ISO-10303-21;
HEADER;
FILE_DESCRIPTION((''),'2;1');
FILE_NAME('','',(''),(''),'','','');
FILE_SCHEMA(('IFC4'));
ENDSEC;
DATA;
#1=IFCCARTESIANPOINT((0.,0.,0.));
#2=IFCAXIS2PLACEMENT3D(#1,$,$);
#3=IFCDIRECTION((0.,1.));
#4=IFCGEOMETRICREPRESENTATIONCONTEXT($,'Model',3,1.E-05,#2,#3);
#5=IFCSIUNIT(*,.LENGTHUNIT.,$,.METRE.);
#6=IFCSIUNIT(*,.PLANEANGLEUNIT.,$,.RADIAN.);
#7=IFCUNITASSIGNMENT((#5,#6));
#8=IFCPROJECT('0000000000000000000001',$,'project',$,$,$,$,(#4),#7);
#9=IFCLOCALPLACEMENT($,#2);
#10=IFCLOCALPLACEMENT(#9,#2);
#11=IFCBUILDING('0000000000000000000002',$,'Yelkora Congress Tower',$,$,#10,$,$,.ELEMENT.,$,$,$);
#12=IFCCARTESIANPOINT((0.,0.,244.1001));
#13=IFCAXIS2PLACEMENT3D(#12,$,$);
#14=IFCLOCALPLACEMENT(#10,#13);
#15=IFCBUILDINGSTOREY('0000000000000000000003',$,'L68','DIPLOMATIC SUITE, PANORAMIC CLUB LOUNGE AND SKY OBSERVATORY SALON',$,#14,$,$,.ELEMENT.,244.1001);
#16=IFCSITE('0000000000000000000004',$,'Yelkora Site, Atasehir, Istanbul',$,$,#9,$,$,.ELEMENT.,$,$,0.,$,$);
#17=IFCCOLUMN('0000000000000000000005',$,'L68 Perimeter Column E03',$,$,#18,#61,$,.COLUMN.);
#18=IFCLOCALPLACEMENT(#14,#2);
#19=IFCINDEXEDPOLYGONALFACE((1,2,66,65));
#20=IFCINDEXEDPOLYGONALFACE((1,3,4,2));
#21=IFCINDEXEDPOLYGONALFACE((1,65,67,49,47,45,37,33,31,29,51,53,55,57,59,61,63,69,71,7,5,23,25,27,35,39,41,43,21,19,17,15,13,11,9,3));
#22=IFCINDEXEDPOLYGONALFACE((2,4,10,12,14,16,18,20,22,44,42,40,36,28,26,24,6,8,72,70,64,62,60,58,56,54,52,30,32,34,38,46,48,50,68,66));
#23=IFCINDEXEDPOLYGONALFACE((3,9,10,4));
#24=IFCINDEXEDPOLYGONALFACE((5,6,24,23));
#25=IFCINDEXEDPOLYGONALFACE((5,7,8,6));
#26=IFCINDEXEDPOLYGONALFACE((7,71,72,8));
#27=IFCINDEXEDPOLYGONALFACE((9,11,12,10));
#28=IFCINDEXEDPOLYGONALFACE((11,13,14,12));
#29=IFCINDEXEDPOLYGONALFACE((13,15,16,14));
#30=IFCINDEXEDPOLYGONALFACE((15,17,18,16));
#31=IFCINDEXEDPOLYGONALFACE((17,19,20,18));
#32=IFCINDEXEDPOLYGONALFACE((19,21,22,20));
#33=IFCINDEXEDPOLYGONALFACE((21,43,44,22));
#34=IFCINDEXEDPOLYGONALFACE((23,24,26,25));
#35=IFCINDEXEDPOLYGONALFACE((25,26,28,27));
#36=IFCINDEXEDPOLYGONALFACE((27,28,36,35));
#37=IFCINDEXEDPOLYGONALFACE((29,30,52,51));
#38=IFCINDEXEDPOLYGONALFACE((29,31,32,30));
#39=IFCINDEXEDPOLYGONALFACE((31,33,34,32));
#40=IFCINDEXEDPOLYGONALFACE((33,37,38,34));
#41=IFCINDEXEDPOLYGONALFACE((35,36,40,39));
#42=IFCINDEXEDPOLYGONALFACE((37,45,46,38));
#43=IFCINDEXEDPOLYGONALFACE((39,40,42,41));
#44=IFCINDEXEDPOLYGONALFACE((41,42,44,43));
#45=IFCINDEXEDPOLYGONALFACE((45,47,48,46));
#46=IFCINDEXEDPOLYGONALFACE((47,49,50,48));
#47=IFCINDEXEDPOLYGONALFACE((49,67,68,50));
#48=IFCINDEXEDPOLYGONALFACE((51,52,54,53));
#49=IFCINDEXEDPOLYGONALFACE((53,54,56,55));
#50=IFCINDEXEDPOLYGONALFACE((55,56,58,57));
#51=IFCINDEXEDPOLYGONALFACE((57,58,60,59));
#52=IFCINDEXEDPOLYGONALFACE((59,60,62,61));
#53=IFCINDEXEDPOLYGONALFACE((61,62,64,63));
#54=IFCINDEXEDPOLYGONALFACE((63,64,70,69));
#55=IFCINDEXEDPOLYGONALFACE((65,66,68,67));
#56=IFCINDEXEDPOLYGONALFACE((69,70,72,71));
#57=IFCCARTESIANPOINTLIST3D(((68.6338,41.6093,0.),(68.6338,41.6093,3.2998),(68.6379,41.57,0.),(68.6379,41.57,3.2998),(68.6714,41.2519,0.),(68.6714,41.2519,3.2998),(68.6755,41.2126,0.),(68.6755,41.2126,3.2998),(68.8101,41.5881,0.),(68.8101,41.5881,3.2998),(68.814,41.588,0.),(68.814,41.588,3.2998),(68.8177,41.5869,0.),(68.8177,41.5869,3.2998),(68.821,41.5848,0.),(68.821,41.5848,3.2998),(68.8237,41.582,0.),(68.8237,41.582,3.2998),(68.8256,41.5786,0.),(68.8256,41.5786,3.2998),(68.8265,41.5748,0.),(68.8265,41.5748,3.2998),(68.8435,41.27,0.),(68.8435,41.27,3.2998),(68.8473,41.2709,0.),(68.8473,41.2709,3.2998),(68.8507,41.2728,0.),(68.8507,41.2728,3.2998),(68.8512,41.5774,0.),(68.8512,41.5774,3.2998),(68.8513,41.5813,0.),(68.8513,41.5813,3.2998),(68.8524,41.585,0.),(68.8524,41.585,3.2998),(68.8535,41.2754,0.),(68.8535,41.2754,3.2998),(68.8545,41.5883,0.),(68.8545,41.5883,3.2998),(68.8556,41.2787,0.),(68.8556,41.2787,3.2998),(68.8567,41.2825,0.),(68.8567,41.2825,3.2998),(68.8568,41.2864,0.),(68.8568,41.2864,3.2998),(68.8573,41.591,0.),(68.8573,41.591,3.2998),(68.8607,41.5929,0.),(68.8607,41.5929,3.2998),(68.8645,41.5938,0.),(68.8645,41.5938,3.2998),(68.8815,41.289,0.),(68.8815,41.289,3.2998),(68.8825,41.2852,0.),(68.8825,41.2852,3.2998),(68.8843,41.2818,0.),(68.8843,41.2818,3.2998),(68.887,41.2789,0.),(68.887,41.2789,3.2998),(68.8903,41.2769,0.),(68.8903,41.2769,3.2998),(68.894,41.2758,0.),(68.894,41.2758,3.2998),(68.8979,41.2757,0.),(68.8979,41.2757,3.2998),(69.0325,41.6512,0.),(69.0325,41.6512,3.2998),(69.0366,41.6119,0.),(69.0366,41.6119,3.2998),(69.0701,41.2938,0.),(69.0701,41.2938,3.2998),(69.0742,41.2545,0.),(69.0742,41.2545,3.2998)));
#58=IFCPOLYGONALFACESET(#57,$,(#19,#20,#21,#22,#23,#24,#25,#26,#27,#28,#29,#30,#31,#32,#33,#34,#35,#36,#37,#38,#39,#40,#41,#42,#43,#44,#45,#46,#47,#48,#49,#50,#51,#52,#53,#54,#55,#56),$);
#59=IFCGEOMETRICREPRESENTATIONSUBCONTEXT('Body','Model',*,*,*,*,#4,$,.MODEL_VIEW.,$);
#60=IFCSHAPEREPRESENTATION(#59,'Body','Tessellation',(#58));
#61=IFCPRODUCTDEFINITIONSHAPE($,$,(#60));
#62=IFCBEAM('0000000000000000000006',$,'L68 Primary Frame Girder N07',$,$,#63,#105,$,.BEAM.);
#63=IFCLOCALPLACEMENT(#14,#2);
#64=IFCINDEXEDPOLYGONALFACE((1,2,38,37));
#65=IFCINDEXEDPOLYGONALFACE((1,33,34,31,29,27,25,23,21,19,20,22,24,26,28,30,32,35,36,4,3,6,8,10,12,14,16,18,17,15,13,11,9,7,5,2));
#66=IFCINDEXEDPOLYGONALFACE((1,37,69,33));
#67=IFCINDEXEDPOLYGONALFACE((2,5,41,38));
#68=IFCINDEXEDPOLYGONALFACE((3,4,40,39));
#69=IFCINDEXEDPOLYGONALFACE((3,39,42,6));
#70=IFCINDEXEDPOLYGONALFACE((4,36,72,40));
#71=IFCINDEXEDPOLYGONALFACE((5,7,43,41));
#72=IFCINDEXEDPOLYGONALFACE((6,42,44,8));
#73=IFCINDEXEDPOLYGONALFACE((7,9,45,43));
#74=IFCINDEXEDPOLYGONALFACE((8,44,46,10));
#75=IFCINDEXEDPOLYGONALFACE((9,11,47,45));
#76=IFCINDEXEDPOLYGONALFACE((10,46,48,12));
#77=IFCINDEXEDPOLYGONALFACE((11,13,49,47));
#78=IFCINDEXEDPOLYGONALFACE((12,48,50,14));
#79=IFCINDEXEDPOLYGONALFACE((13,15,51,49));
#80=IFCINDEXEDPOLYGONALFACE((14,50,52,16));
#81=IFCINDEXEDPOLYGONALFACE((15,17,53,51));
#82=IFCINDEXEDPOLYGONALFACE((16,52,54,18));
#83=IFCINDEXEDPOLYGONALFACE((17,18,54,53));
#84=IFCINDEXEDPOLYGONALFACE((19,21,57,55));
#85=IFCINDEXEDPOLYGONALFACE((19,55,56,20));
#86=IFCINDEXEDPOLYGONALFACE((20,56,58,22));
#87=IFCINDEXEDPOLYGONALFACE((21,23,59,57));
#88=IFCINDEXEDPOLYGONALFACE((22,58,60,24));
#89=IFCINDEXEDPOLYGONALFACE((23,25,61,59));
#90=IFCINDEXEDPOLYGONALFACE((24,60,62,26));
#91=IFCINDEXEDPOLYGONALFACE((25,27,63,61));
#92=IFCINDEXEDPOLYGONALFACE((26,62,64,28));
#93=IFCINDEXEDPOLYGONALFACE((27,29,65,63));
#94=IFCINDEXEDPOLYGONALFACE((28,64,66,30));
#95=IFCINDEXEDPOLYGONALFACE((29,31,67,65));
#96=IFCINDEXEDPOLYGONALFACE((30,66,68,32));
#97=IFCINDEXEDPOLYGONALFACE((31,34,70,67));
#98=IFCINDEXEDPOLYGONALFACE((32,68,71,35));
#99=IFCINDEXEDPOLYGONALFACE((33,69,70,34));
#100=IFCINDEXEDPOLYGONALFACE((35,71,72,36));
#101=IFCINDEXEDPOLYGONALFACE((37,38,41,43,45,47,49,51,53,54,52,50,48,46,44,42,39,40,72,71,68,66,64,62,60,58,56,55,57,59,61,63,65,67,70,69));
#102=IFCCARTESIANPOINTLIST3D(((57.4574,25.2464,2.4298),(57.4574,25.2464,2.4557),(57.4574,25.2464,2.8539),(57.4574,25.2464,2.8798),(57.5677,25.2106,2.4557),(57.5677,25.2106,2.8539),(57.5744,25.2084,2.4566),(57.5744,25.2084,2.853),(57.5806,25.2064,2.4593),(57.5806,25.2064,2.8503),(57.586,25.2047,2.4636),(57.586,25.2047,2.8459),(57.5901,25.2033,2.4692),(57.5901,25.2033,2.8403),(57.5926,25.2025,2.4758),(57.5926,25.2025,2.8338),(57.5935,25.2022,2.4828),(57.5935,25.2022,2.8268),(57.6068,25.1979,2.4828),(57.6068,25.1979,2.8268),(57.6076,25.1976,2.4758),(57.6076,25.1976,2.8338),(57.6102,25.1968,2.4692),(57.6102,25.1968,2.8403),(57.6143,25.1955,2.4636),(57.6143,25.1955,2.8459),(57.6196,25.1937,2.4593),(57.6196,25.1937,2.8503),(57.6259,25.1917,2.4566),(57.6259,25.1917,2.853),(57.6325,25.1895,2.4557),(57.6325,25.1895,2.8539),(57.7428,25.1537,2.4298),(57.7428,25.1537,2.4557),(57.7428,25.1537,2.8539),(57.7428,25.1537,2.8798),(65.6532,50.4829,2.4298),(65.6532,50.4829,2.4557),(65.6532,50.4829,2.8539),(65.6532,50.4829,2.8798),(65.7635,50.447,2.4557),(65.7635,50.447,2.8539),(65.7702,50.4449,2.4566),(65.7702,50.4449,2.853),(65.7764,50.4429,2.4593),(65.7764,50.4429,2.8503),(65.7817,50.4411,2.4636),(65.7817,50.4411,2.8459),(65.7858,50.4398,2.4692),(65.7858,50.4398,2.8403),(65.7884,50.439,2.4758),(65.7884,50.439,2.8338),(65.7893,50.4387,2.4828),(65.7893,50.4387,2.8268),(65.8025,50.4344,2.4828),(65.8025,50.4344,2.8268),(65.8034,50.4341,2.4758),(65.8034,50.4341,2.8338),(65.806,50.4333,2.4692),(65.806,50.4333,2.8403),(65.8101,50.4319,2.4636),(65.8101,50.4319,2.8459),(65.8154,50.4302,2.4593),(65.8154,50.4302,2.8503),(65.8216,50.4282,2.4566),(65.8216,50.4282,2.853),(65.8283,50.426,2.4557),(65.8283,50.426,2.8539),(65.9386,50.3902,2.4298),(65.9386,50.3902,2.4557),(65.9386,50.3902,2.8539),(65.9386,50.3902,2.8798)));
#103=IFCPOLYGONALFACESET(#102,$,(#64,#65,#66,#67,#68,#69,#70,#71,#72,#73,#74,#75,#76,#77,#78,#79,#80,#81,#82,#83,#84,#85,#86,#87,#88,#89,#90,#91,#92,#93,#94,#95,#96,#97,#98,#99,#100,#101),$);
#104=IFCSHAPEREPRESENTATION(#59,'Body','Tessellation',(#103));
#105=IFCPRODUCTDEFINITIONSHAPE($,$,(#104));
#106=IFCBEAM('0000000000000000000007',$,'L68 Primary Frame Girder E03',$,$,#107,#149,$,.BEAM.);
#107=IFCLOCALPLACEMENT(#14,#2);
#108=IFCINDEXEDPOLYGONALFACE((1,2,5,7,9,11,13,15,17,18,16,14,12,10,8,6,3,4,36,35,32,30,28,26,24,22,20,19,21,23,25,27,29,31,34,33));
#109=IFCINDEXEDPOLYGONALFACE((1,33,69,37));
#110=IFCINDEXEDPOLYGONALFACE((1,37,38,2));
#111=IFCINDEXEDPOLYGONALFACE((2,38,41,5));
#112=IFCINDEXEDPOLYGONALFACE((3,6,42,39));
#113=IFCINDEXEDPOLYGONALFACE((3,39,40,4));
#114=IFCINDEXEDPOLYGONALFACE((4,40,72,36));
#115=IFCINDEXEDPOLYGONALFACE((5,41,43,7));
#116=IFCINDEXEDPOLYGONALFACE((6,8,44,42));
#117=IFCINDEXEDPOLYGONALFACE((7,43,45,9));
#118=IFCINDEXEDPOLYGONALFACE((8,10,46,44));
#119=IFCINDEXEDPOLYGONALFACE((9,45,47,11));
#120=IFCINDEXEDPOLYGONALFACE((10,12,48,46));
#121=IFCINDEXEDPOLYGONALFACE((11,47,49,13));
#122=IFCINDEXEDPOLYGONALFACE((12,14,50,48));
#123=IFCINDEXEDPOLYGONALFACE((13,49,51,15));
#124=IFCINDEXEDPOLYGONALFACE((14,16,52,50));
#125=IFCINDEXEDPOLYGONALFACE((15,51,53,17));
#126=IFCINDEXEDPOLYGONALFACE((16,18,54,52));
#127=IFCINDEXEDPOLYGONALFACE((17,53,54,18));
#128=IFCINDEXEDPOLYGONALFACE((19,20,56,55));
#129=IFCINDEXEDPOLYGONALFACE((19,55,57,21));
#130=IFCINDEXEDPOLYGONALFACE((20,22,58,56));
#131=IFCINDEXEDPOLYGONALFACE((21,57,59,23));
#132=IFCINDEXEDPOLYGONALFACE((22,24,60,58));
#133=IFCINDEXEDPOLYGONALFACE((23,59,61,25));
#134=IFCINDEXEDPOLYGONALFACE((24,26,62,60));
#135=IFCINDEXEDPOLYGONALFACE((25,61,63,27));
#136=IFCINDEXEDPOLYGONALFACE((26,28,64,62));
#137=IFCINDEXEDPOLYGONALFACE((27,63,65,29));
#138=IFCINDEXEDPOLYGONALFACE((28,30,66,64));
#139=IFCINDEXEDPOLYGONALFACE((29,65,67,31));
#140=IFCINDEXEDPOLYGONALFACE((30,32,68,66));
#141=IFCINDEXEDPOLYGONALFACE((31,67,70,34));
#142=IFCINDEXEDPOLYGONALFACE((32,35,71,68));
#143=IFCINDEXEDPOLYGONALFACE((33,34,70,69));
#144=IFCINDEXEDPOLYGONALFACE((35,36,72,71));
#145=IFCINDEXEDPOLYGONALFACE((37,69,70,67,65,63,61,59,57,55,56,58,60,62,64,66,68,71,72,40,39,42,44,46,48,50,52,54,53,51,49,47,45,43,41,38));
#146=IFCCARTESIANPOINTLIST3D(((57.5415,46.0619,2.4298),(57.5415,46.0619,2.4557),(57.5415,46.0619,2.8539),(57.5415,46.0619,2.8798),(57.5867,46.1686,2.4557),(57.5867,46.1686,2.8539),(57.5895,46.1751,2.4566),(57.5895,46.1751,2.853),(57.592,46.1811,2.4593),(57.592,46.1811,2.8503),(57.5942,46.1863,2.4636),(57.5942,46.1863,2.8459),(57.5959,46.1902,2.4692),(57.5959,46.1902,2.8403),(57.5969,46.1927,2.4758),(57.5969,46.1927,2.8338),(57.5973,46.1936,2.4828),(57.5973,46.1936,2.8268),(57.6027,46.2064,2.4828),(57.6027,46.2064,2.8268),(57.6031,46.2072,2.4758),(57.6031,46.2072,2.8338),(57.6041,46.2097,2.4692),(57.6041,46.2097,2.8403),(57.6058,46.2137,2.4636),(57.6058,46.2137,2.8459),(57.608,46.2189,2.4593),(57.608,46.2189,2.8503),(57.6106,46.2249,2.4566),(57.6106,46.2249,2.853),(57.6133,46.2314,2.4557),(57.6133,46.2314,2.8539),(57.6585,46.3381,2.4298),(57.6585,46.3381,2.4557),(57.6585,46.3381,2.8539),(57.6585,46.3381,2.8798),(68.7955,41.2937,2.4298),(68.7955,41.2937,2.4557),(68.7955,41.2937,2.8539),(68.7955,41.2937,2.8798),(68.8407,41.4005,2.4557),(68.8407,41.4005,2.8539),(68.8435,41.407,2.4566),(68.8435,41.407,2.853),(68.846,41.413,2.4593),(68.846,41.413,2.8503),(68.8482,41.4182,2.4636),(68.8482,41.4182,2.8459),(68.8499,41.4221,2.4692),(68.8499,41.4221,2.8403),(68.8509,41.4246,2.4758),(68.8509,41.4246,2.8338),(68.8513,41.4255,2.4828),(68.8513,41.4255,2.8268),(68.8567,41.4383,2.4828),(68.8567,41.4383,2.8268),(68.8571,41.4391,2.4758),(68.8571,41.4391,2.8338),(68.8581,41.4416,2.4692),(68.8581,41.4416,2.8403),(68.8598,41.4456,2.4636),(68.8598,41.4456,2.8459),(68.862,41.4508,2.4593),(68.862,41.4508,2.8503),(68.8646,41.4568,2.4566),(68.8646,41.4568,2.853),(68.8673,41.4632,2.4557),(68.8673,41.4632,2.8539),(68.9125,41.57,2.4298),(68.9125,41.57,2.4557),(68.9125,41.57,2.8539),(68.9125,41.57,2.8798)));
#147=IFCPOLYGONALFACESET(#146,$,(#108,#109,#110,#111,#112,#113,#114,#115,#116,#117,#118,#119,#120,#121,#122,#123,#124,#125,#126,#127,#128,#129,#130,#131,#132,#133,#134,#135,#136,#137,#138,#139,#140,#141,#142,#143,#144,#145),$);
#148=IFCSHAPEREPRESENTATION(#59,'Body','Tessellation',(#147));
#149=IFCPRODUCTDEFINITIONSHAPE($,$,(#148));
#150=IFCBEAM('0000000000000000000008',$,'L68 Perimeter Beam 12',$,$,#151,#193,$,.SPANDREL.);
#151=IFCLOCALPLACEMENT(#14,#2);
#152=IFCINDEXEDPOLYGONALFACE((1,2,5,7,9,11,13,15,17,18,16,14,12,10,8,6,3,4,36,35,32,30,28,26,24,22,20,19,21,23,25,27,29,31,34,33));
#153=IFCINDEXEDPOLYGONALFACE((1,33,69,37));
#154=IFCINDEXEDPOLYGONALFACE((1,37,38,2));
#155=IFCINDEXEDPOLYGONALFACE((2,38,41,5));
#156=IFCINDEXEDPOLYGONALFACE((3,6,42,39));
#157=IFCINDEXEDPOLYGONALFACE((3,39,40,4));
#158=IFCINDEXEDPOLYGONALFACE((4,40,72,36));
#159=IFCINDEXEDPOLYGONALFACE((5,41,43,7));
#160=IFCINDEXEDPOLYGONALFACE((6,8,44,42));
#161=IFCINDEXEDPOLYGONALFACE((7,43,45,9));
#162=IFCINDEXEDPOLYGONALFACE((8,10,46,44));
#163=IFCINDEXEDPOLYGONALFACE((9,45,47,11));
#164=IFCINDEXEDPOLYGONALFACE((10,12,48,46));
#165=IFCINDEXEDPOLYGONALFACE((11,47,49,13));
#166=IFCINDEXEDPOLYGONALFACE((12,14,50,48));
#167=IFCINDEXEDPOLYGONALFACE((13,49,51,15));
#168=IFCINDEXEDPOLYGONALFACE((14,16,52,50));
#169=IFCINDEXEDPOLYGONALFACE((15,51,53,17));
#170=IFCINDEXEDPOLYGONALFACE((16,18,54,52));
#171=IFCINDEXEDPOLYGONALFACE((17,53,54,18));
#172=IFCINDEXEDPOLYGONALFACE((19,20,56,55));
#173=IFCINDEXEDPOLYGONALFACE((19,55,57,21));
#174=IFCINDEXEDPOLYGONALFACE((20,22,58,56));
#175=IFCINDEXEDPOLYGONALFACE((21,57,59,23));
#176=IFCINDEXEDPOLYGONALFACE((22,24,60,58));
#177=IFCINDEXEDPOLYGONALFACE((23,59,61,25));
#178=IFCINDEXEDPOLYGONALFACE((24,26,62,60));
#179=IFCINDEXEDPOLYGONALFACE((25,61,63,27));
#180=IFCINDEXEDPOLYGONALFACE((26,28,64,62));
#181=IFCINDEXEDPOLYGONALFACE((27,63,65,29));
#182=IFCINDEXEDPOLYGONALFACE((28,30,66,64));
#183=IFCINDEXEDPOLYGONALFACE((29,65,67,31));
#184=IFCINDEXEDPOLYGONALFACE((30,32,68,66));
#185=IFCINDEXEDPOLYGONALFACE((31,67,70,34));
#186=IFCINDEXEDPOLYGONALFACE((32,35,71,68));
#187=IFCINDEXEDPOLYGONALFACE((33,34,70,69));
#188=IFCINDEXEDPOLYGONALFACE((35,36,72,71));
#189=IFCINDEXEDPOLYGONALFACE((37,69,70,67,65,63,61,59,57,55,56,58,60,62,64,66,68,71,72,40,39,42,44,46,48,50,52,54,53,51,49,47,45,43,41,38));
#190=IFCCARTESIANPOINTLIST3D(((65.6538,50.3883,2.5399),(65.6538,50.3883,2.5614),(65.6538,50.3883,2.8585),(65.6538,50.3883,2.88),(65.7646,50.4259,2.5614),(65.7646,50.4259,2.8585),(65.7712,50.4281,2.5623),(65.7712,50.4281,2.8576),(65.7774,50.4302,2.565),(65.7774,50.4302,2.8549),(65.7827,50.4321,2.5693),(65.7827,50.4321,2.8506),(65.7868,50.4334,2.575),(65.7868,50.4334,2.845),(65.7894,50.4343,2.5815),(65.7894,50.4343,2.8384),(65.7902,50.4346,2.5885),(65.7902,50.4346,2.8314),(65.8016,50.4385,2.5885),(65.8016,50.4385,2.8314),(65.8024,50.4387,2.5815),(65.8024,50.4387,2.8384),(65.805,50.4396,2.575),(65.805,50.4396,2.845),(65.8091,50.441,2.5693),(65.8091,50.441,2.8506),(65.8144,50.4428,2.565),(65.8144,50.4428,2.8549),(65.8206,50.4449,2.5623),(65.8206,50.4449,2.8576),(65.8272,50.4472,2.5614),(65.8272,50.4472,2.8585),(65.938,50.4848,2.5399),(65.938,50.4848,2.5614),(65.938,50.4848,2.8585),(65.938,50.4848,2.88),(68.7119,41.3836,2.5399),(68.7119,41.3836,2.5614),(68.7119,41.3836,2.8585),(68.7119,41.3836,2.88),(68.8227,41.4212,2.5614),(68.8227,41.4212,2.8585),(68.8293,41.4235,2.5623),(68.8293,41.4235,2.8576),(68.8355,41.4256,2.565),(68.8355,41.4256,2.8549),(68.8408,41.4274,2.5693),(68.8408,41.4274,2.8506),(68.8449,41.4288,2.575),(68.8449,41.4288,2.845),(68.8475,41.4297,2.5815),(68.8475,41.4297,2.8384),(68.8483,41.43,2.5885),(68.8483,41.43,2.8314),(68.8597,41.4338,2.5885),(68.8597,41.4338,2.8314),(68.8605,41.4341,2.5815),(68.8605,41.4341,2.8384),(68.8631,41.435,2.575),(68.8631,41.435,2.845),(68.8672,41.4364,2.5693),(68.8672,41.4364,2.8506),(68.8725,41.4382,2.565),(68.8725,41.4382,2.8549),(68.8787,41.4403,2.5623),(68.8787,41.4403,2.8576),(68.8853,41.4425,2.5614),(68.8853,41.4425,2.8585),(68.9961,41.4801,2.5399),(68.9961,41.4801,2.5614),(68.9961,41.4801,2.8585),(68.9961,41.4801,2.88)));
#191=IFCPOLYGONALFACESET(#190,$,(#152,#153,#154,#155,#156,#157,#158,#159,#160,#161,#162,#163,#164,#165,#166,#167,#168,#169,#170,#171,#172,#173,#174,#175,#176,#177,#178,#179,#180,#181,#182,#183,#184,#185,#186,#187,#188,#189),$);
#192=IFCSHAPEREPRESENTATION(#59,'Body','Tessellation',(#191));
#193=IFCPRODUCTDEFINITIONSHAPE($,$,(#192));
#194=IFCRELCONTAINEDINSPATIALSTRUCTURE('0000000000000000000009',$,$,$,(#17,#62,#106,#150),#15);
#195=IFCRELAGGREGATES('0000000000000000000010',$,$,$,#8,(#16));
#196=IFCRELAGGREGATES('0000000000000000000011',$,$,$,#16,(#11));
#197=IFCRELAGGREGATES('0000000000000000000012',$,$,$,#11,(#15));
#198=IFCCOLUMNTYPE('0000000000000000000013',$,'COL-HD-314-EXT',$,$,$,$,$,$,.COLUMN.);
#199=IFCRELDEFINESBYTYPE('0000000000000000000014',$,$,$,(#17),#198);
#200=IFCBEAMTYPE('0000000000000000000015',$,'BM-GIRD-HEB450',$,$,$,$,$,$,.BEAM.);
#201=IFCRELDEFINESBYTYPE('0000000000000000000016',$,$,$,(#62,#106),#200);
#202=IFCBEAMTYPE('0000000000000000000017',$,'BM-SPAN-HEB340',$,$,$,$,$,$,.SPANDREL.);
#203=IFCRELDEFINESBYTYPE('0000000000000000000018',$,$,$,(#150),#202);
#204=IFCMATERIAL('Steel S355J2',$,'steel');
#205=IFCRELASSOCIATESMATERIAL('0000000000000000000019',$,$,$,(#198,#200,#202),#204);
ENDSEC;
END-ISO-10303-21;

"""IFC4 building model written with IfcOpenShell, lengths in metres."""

from ifc_helpers import new_model, si_unit, direction, frame, origin, origin_2d, place, context, subcontext, project, spatial, i_section, extrude, material, material_profile, profile_set, type_object, element, save


model = new_model("IFC4")

# Units and contexts
model_context = context("Model", 3, precision=1e-05, world=origin(), true_north=direction((0.0, 1.0)))
body_context = subcontext(model_context, "Body", "Model", "MODEL_VIEW")
ifc_project = project(units=[si_unit("LENGTHUNIT", "METRE"), si_unit("PLANEANGLEUNIT", "RADIAN")], contexts=[model_context])

# Site, building, storey
site_placement = place(None, origin())
site = spatial("IfcSite", under=ifc_project, at=site_placement, Name="Yelkora Site, Atasehir, Istanbul", CompositionType="ELEMENT", RefElevation=0.0)
building_placement = place(site_placement, origin())
building = spatial("IfcBuilding", under=site, at=building_placement, Name="Yelkora Congress Tower", CompositionType="ELEMENT")
storey_placement = place(building_placement, frame((0.0, 0.0, 244.1001)))
storey = spatial("IfcBuildingStorey", under=building, at=storey_placement, Name="L68", Description="DIPLOMATIC SUITE, PANORAMIC CLUB LOUNGE AND SKY OBSERVATORY SALON", CompositionType="ELEMENT", Elevation=244.1001)

# Column
ifc_material_1 = material(Name="Steel S355J2", Category="steel")
ifc_material_profile_1 = material_profile(ifc_material_1, i_section(OverallWidth=0.4009, OverallDepth=0.3989, WebThickness=0.0249, FlangeThickness=0.0396, FilletRadius=0.0149, at=origin_2d()), Name="HD 400x314")
ifc_profile_set_1 = profile_set([ifc_material_profile_1], Name="Steel S355J2")
column_type = type_object("IfcColumnType", Name="COL-HD-314-EXT", PredefinedType="COLUMN", material=ifc_profile_set_1)
column_placement = place(storey_placement, frame((68.854, 41.4319, 0.0), z_axis=(0.0, 0.0, 1.0), x_axis=(0.994522, 0.104528, 0.0)))
element("IfcColumn", 1, at=column_placement, inside=storey, type_object=column_type, Name="L68 Perimeter Column E03", PredefinedType="COLUMN", context=body_context, shape_type="SweptSolid", body=[
    extrude(i_section(OverallWidth=0.4009, OverallDepth=0.3989, WebThickness=0.0249, FlangeThickness=0.0396, FilletRadius=0.0149, at=origin_2d()), origin(), (0.0, 0.0, 1.0), 3.2998),
])

# Beams
ifc_material_profile_2 = material_profile(ifc_material_1, i_section(OverallWidth=0.3, OverallDepth=0.45, WebThickness=0.0139, FlangeThickness=0.0259, FilletRadius=0.0271, at=origin_2d()), Name="HEB 450")
ifc_profile_set_2 = profile_set([ifc_material_profile_2], Name="Steel S355J2")
beam_type_1 = type_object("IfcBeamType", Name="BM-GIRD-HEB450", PredefinedType="BEAM", material=ifc_profile_set_2)
beam_1_placement = place(storey_placement, frame((65.7959, 50.4365, 2.6548), z_axis=(-0.308879, -0.951101, 0.0), x_axis=(0.951101, -0.308879, 0.0)))
element("IfcBeam", 2, at=beam_1_placement, inside=storey, type_object=beam_type_1, Name="L68 Primary Frame Girder N07", PredefinedType="BEAM", context=body_context, shape_type="SweptSolid", body=[
    extrude(i_section(OverallWidth=0.3, OverallDepth=0.45, WebThickness=0.0139, FlangeThickness=0.0259, FilletRadius=0.0271, at=origin_2d()), origin(), (0.0, 0.0, 1.0), 26.5339),
])
beam_2_placement = place(storey_placement, frame((68.854, 41.4319, 2.6548), z_axis=(-0.920768, 0.390112, 0.0), x_axis=(-0.390112, -0.920768, 0.0)))
element("IfcBeam", 3, at=beam_2_placement, inside=storey, type_object=beam_type_1, Name="L68 Primary Frame Girder E03", PredefinedType="BEAM", context=body_context, shape_type="SweptSolid", body=[
    extrude(i_section(OverallWidth=0.3, OverallDepth=0.45, WebThickness=0.0139, FlangeThickness=0.0259, FilletRadius=0.0271, at=origin_2d()), origin(), (0.0, 0.0, 1.0), 12.2224),
])
ifc_material_profile_3 = material_profile(ifc_material_1, i_section(OverallWidth=0.3, OverallDepth=0.3401, WebThickness=0.012, FlangeThickness=0.0215, FilletRadius=0.0271, at=origin_2d()), Name="HEB 340")
ifc_profile_set_3 = profile_set([ifc_material_profile_3], Name="Steel S355J2")
beam_type_2 = type_object("IfcBeamType", Name="BM-SPAN-HEB340", PredefinedType="SPANDREL", material=ifc_profile_set_3)
beam_3_placement = place(storey_placement, frame((68.854, 41.4319, 2.71), z_axis=(-0.321575, 0.946884, 0.0), x_axis=(-0.946884, -0.321575, 0.0)))
element("IfcBeam", 4, at=beam_3_placement, inside=storey, type_object=beam_type_2, Name="L68 Perimeter Beam 12", PredefinedType="SPANDREL", context=body_context, shape_type="SweptSolid", body=[
    extrude(i_section(OverallWidth=0.3, OverallDepth=0.3401, WebThickness=0.012, FlangeThickness=0.0215, FilletRadius=0.0271, at=origin_2d()), origin(), (0.0, 0.0, 1.0), 9.5098),
])

save(model, "model.ifc")
